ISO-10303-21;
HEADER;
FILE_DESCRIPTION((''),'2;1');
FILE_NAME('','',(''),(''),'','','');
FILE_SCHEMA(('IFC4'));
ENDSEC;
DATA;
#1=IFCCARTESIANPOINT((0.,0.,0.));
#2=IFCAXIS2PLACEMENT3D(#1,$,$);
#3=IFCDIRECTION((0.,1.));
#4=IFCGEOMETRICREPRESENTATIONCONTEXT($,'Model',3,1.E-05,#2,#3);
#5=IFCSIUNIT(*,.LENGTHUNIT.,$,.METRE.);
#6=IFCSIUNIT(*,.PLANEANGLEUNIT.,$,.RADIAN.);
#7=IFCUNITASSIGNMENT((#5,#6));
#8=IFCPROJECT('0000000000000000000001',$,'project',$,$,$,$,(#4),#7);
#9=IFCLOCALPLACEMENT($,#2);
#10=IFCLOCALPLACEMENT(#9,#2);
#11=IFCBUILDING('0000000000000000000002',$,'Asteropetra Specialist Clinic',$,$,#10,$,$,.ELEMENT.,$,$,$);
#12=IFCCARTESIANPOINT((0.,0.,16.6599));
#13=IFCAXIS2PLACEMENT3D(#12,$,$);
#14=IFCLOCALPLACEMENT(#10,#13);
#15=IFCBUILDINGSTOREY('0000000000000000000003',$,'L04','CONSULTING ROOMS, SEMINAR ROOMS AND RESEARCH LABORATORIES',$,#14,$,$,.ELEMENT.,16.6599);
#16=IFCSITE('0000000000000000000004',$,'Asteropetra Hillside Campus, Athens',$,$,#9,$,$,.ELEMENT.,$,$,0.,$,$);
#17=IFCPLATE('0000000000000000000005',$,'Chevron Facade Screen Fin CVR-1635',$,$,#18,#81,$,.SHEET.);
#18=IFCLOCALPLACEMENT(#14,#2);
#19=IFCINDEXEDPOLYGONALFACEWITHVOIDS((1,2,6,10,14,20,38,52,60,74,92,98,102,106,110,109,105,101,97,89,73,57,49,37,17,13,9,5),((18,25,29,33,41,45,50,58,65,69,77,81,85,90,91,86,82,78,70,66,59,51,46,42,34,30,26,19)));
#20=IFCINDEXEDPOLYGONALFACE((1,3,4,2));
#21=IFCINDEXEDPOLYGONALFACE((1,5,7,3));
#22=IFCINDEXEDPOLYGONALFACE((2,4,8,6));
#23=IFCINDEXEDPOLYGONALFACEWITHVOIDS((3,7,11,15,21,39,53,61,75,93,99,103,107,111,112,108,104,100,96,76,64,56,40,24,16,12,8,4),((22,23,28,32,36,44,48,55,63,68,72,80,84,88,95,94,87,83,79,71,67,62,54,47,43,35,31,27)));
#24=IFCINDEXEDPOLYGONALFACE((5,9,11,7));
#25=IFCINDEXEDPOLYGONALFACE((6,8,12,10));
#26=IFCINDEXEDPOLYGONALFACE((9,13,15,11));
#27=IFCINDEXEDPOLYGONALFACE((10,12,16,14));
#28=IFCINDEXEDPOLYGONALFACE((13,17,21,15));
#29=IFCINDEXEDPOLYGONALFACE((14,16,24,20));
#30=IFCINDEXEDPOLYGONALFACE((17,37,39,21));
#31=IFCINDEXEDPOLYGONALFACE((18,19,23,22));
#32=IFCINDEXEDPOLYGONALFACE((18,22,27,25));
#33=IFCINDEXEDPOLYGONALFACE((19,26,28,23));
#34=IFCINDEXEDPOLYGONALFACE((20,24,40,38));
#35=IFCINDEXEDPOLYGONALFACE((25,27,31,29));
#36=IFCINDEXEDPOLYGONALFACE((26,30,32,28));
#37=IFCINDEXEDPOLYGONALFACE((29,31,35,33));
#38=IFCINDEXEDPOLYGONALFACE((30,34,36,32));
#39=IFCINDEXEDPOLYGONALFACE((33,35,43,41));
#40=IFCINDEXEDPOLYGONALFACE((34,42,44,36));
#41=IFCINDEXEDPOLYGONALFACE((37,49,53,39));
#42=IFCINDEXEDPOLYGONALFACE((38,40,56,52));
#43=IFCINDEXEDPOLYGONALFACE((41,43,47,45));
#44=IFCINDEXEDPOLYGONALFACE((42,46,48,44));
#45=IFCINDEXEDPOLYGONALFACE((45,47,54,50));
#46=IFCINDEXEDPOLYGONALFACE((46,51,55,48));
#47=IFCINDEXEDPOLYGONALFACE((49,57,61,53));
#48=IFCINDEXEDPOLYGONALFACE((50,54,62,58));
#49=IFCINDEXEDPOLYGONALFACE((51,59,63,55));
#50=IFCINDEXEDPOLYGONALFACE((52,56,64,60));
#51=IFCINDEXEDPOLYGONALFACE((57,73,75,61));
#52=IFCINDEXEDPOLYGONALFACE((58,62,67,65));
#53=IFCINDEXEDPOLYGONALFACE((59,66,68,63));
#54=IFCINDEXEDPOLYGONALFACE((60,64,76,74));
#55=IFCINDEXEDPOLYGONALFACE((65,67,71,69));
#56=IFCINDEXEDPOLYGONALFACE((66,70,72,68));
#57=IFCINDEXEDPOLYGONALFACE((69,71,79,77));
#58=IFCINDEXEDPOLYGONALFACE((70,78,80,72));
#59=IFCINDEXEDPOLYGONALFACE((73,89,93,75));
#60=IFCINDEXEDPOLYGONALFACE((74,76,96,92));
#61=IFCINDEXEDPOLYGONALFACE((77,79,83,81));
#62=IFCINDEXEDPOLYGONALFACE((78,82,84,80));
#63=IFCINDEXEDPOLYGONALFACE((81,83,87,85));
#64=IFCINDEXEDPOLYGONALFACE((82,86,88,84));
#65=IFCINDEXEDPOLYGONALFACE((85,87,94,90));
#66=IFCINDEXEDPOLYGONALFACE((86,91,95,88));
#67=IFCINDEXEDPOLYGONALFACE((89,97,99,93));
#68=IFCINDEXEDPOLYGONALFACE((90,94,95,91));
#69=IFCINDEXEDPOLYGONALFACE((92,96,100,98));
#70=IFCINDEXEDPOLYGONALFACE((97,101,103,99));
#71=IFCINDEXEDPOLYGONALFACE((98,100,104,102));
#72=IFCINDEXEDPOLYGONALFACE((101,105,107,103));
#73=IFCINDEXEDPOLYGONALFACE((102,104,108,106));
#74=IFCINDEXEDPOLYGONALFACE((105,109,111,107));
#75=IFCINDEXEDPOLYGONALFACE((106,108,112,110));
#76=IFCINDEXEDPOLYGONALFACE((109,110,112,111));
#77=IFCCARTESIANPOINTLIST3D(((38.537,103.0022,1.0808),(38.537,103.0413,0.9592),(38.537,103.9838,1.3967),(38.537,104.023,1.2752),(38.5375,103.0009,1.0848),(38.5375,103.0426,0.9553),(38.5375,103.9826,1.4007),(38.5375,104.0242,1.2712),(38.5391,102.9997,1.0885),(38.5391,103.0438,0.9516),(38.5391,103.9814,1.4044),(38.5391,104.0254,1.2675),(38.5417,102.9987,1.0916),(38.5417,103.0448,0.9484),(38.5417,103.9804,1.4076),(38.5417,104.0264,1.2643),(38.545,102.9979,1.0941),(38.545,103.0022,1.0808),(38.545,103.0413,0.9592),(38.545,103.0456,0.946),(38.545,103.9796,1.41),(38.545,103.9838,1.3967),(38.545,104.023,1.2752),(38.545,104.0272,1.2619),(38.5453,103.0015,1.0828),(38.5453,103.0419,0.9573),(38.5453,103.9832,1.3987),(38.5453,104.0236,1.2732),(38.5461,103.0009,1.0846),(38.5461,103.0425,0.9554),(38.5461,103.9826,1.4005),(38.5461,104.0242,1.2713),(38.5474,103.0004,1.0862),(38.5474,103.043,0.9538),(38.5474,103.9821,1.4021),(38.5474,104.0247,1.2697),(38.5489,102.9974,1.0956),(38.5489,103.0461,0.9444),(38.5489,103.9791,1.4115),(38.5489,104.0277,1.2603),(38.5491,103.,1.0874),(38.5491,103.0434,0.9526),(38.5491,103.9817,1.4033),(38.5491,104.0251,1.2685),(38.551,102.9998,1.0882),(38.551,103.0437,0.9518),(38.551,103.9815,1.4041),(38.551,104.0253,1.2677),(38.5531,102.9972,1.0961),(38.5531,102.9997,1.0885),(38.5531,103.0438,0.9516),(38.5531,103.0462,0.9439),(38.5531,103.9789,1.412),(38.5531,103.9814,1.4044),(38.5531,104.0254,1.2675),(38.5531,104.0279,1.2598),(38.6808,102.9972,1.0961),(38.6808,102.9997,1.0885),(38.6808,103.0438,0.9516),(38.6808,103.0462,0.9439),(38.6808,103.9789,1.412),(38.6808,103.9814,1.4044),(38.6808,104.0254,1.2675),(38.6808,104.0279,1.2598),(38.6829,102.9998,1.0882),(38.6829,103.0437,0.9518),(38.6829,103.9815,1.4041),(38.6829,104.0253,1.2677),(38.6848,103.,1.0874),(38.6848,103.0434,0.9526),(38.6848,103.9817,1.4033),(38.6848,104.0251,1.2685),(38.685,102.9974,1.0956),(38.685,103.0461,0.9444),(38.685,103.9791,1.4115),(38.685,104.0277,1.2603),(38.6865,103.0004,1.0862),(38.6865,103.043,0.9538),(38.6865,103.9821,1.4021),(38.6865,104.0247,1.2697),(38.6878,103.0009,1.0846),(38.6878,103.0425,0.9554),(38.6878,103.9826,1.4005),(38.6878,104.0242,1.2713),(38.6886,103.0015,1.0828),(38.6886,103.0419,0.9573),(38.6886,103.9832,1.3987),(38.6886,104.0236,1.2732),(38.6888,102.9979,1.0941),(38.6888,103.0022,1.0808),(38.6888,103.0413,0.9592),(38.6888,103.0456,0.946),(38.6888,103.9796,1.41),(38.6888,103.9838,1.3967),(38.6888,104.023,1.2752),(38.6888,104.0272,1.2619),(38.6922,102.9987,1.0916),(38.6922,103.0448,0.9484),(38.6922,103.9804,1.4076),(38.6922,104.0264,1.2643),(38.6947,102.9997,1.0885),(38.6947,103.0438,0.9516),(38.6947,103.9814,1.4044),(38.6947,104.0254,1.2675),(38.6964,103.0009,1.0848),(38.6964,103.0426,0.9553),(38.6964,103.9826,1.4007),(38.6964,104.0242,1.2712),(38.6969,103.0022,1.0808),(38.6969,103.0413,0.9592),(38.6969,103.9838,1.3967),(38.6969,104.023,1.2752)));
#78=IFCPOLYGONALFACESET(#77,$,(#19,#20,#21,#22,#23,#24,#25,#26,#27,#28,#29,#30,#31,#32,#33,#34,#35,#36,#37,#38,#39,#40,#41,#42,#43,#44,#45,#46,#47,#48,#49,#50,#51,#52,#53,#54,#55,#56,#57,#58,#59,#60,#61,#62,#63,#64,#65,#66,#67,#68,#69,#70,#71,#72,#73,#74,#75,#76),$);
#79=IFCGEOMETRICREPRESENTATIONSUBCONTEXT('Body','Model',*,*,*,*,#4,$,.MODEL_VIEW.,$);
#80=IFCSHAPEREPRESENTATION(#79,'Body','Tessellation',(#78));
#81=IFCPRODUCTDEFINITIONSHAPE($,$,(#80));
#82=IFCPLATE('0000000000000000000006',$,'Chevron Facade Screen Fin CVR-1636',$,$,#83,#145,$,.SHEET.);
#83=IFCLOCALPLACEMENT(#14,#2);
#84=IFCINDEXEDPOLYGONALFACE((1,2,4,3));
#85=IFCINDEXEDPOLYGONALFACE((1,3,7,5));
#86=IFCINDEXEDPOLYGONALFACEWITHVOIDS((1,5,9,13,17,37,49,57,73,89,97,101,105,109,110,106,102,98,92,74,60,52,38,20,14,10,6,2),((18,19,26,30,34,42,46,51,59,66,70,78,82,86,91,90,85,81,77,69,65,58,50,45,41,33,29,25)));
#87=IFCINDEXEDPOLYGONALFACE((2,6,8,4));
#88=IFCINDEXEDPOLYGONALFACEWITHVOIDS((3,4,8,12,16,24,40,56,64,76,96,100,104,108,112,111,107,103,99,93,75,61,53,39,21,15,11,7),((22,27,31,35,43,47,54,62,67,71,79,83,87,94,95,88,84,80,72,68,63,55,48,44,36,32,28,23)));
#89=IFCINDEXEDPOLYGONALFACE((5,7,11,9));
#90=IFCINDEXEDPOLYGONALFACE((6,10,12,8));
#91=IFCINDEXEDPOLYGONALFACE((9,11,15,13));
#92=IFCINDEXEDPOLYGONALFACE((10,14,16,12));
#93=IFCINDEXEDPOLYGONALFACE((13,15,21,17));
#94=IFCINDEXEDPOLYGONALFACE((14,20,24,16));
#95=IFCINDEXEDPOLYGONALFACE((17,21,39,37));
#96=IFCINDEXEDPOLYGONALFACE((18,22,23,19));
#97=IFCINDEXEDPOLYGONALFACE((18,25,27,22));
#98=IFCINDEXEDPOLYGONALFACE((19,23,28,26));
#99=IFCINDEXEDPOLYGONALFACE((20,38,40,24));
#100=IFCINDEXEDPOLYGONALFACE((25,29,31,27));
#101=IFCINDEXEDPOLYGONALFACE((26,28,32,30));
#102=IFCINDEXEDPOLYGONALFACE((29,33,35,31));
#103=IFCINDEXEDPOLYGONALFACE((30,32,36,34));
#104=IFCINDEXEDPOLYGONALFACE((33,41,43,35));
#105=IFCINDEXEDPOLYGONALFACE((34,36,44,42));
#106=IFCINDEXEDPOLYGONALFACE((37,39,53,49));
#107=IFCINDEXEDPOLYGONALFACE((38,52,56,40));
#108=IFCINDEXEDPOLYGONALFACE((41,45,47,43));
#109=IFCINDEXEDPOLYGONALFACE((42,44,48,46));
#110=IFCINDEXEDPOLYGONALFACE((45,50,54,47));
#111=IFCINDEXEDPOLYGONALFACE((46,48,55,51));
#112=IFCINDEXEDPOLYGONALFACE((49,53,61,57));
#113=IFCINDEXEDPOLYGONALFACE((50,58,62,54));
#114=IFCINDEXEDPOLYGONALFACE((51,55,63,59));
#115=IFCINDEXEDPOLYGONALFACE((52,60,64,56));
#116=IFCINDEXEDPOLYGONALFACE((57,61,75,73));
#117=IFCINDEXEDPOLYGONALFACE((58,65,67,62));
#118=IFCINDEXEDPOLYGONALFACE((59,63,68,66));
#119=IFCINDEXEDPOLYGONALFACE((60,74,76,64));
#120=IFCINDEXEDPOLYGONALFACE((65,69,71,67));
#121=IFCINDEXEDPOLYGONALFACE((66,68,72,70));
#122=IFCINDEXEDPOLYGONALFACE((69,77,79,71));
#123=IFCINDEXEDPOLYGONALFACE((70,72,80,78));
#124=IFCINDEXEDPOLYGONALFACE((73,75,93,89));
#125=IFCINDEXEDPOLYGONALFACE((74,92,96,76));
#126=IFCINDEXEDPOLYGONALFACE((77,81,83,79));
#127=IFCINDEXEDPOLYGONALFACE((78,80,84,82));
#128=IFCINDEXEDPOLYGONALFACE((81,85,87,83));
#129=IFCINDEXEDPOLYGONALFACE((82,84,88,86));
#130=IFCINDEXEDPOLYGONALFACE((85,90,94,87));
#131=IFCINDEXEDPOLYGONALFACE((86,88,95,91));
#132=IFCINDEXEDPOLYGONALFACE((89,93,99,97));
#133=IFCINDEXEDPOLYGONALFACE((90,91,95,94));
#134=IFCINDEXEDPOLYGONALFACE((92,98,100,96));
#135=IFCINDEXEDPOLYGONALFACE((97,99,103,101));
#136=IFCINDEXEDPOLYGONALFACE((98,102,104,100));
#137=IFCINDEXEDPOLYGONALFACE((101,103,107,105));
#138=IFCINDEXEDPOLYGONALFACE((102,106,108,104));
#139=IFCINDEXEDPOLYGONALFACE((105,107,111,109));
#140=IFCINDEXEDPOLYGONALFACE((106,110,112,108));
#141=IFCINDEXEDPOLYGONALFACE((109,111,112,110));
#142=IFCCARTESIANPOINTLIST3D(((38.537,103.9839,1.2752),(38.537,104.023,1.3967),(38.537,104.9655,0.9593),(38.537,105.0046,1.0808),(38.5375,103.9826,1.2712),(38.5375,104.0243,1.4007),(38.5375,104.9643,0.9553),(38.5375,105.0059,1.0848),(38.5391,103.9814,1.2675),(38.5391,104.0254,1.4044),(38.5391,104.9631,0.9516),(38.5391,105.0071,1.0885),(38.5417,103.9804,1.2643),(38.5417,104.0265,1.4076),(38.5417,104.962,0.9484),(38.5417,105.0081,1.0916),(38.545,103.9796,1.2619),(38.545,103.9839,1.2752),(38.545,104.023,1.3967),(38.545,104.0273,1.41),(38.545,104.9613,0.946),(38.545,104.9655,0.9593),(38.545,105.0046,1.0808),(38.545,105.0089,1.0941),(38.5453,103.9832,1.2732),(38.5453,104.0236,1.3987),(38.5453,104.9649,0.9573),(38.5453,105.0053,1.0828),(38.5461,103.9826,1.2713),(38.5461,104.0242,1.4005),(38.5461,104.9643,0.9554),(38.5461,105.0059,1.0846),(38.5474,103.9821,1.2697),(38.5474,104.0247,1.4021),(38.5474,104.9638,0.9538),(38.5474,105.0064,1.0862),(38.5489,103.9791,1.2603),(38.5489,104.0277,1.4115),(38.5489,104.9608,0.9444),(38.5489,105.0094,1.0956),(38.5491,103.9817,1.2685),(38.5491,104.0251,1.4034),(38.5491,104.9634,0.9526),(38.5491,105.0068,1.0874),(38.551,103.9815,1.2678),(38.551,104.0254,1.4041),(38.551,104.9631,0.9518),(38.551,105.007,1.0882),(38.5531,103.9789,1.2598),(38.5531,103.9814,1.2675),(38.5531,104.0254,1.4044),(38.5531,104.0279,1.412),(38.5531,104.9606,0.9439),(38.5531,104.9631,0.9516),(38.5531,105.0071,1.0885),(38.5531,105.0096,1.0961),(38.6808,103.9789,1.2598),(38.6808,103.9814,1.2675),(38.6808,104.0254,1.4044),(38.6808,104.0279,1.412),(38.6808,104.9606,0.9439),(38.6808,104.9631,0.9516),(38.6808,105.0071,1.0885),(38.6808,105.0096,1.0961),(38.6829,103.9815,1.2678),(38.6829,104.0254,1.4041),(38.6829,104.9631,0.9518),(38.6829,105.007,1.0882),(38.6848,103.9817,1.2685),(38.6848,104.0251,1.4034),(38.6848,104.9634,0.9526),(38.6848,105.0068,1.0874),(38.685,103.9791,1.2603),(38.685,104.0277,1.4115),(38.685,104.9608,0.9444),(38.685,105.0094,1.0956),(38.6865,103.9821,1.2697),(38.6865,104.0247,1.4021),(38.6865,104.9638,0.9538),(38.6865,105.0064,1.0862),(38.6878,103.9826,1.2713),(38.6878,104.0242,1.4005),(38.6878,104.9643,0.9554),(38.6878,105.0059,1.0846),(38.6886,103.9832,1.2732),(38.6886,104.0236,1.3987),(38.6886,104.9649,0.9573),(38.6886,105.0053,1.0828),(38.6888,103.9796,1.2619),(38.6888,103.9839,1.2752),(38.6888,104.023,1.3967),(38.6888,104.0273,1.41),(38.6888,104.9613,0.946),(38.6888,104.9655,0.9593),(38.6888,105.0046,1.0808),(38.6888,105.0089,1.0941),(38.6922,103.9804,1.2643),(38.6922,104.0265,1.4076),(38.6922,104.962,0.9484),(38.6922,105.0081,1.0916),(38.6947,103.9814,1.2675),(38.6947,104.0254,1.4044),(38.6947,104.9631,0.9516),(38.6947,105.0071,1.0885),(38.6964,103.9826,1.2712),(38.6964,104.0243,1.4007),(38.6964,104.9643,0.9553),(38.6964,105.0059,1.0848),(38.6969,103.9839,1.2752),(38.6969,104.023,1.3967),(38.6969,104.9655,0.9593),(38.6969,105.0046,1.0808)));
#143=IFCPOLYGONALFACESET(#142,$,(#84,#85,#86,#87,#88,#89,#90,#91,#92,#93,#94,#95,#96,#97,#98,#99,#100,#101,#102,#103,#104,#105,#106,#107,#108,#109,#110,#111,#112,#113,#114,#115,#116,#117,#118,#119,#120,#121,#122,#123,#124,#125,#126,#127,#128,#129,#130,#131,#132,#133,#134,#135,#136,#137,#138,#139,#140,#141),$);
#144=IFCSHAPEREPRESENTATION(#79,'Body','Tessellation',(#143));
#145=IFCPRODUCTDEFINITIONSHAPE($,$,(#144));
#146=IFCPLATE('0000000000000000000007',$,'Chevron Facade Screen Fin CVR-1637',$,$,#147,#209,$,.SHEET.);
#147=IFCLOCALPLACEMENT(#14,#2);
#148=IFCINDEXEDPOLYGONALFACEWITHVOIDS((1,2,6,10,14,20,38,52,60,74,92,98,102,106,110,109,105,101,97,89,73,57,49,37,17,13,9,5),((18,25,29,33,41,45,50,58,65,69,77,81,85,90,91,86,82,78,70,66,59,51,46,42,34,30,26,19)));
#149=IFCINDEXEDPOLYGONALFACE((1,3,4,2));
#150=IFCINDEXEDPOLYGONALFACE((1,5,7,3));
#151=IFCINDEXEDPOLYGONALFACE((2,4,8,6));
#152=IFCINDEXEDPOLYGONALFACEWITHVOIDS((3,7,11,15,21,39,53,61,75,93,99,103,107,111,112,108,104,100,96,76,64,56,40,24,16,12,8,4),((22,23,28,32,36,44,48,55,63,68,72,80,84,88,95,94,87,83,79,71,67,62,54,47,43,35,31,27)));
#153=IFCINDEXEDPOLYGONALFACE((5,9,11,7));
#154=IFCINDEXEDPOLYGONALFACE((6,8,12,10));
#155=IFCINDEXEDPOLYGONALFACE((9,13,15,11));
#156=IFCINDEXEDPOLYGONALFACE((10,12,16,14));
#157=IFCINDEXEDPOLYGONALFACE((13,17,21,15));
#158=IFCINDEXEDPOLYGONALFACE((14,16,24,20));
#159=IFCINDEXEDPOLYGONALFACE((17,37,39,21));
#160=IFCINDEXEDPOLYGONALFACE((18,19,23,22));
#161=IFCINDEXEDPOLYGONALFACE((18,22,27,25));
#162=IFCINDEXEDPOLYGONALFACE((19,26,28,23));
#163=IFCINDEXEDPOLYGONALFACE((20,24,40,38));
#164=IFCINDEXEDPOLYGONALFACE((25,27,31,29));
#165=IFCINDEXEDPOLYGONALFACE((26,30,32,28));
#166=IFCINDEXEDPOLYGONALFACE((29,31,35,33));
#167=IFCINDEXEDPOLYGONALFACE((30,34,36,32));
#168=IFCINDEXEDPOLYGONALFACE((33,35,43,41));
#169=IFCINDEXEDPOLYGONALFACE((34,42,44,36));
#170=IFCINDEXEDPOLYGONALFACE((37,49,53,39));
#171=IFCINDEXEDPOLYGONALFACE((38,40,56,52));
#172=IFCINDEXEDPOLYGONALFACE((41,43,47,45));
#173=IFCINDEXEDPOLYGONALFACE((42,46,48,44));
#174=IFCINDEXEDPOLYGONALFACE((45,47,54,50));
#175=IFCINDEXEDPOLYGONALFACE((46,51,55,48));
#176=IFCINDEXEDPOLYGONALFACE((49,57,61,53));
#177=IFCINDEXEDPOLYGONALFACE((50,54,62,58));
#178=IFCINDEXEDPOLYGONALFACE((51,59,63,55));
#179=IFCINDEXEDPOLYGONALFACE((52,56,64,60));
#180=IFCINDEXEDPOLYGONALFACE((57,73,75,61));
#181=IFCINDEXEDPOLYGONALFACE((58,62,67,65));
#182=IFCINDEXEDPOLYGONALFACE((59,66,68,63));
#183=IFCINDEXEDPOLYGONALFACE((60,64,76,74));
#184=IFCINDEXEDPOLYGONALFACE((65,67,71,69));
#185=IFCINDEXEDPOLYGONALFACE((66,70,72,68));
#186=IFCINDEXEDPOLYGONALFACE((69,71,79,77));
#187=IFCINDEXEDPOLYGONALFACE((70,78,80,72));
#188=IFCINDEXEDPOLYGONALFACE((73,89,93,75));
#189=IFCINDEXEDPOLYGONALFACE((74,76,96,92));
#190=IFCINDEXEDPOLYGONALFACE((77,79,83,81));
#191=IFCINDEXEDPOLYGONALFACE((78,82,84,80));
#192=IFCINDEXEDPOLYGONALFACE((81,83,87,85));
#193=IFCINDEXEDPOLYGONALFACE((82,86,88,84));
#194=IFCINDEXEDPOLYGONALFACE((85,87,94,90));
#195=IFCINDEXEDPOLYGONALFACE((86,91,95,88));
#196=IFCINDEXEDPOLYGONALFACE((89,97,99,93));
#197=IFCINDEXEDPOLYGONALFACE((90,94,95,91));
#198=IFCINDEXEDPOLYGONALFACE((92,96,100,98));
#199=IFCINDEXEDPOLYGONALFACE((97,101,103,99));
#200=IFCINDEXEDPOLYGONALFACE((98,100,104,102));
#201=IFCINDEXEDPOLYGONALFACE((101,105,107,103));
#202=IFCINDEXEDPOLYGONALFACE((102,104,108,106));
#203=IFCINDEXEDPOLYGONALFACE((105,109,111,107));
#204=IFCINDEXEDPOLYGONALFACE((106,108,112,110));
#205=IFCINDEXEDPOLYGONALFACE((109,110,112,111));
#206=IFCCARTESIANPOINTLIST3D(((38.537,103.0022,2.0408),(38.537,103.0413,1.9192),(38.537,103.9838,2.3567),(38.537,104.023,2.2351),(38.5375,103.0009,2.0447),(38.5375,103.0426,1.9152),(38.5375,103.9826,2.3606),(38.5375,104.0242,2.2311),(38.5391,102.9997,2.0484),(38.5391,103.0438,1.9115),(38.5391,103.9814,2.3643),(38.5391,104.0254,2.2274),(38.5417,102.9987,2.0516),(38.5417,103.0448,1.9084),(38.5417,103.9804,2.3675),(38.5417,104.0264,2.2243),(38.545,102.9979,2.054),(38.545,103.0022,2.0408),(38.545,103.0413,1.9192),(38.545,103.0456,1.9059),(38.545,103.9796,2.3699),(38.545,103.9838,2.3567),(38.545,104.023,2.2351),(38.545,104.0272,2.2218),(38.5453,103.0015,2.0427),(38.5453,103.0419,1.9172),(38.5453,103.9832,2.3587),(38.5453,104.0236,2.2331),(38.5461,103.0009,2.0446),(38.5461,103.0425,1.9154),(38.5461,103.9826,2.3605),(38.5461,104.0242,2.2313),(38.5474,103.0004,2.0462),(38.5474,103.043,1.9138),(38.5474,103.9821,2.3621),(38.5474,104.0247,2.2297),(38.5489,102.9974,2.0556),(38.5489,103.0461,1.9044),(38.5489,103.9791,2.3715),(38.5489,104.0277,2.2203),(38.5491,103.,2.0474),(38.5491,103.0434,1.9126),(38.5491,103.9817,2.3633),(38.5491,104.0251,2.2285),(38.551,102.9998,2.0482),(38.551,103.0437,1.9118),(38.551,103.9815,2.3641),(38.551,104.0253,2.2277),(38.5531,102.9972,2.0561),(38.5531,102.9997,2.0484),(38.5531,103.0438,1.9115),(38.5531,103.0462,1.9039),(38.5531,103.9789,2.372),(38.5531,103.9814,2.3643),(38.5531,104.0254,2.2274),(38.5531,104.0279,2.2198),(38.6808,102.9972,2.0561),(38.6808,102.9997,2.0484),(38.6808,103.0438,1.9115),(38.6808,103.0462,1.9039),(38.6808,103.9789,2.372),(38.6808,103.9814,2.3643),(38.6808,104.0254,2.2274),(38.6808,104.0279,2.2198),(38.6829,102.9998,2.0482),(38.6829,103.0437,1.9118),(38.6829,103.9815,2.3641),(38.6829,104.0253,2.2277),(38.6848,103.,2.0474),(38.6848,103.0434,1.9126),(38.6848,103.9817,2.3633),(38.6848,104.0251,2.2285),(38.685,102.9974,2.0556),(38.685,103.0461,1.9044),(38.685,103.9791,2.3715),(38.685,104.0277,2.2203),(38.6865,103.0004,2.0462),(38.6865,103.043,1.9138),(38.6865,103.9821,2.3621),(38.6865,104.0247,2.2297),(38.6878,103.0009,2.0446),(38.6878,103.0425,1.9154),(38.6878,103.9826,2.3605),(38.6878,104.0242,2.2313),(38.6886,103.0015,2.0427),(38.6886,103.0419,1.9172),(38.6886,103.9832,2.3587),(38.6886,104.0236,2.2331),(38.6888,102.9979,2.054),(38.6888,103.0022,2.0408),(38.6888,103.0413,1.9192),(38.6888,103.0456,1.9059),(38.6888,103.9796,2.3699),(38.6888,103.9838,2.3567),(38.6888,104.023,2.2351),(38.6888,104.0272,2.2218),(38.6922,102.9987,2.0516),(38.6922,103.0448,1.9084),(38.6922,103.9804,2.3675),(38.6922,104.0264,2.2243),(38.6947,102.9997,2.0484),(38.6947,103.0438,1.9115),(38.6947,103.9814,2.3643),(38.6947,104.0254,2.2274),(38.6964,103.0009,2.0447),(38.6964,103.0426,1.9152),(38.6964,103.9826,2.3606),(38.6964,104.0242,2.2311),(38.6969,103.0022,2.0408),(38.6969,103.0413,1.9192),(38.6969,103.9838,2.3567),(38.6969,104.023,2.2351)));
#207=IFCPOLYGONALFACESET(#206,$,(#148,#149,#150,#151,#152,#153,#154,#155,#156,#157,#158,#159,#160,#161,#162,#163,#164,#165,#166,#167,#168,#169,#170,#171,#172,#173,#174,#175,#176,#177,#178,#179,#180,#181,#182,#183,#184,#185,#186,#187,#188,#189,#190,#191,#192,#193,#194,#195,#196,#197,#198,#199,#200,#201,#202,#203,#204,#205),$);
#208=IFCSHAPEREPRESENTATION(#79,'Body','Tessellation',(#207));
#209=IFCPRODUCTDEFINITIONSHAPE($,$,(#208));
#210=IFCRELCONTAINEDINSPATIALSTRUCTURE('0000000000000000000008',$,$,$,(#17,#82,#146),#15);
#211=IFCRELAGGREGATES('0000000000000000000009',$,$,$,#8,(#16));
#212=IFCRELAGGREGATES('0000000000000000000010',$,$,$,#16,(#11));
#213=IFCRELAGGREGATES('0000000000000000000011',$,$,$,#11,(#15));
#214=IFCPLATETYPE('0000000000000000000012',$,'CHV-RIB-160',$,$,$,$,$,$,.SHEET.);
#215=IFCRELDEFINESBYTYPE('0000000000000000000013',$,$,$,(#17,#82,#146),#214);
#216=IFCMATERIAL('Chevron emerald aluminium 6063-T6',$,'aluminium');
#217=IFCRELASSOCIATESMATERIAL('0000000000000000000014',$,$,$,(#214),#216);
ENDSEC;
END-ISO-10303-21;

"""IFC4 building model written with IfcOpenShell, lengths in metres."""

from ifc_helpers import new_model, si_unit, direction, frame, origin, origin_2d, place, context, subcontext, project, spatial, hollow_rectangle, extrude, material, material_profile, profile_set, type_object, element, save


model = new_model("IFC4")

# Units and contexts
model_context = context("Model", 3, precision=1e-05, world=origin(), true_north=direction((0.0, 1.0)))
body_context = subcontext(model_context, "Body", "Model", "MODEL_VIEW")
ifc_project = project(units=[si_unit("LENGTHUNIT", "METRE"), si_unit("PLANEANGLEUNIT", "RADIAN")], contexts=[model_context])

# Site, building, storey
site_placement = place(None, origin())
site = spatial("IfcSite", under=ifc_project, at=site_placement, Name="Asteropetra Hillside Campus, Athens", CompositionType="ELEMENT", RefElevation=0.0)
building_placement = place(site_placement, origin())
building = spatial("IfcBuilding", under=site, at=building_placement, Name="Asteropetra Specialist Clinic", CompositionType="ELEMENT")
storey_placement = place(building_placement, frame((0.0, 0.0, 16.6599)))
storey = spatial("IfcBuildingStorey", under=building, at=storey_placement, Name="L04", Description="CONSULTING ROOMS, SEMINAR ROOMS AND RESEARCH LABORATORIES", CompositionType="ELEMENT", Elevation=16.6599)

# Plates
ifc_material_1 = material(Name="Chevron emerald aluminium 6063-T6", Category="aluminium")
ifc_material_profile_1 = material_profile(ifc_material_1, hollow_rectangle(XDim=0.1599, YDim=0.1599, WallThickness=0.0081, InnerFilletRadius=0.0081, OuterFilletRadius=0.0161, at=origin_2d()), Name="SHS 160x160x8.0")
ifc_profile_set_1 = profile_set([ifc_material_profile_1], Name="Chevron emerald aluminium 6063-T6")
plate_type = type_object("IfcPlateType", Name="CHV-RIB-160", PredefinedType="SHEET", material=ifc_profile_set_1)
for number, where, z_axis, x_axis, name in (
    (1, (38.6169, 103.0217, 1.02), (0.0, 0.951923, 0.306339), (-1.0, 0.0, 0.0), "Chevron Facade Screen Fin CVR-1635"),
    (2, (38.6169, 104.0034, 1.3359), (0.0, 0.951923, -0.306339), (-1.0, 0.0, 0.0), "Chevron Facade Screen Fin CVR-1636"),
    (3, (38.6169, 103.0217, 1.98), (0.0, 0.951923, 0.306339), (-1.0, 0.0, 0.0), "Chevron Facade Screen Fin CVR-1637"),
):
    element("IfcPlate", number, at=place(storey_placement, frame(where, z_axis=z_axis, x_axis=x_axis)), inside=storey, type_object=plate_type, Name=name, PredefinedType="SHEET", context=body_context, shape_type="SweptSolid", body=[
        extrude(hollow_rectangle(XDim=0.1599, YDim=0.1599, WallThickness=0.0081, InnerFilletRadius=0.0081, OuterFilletRadius=0.0161, at=origin_2d()), origin(), (0.0, 0.0, 1.0), 1.0312),
    ])

save(model, "model.ifc")
